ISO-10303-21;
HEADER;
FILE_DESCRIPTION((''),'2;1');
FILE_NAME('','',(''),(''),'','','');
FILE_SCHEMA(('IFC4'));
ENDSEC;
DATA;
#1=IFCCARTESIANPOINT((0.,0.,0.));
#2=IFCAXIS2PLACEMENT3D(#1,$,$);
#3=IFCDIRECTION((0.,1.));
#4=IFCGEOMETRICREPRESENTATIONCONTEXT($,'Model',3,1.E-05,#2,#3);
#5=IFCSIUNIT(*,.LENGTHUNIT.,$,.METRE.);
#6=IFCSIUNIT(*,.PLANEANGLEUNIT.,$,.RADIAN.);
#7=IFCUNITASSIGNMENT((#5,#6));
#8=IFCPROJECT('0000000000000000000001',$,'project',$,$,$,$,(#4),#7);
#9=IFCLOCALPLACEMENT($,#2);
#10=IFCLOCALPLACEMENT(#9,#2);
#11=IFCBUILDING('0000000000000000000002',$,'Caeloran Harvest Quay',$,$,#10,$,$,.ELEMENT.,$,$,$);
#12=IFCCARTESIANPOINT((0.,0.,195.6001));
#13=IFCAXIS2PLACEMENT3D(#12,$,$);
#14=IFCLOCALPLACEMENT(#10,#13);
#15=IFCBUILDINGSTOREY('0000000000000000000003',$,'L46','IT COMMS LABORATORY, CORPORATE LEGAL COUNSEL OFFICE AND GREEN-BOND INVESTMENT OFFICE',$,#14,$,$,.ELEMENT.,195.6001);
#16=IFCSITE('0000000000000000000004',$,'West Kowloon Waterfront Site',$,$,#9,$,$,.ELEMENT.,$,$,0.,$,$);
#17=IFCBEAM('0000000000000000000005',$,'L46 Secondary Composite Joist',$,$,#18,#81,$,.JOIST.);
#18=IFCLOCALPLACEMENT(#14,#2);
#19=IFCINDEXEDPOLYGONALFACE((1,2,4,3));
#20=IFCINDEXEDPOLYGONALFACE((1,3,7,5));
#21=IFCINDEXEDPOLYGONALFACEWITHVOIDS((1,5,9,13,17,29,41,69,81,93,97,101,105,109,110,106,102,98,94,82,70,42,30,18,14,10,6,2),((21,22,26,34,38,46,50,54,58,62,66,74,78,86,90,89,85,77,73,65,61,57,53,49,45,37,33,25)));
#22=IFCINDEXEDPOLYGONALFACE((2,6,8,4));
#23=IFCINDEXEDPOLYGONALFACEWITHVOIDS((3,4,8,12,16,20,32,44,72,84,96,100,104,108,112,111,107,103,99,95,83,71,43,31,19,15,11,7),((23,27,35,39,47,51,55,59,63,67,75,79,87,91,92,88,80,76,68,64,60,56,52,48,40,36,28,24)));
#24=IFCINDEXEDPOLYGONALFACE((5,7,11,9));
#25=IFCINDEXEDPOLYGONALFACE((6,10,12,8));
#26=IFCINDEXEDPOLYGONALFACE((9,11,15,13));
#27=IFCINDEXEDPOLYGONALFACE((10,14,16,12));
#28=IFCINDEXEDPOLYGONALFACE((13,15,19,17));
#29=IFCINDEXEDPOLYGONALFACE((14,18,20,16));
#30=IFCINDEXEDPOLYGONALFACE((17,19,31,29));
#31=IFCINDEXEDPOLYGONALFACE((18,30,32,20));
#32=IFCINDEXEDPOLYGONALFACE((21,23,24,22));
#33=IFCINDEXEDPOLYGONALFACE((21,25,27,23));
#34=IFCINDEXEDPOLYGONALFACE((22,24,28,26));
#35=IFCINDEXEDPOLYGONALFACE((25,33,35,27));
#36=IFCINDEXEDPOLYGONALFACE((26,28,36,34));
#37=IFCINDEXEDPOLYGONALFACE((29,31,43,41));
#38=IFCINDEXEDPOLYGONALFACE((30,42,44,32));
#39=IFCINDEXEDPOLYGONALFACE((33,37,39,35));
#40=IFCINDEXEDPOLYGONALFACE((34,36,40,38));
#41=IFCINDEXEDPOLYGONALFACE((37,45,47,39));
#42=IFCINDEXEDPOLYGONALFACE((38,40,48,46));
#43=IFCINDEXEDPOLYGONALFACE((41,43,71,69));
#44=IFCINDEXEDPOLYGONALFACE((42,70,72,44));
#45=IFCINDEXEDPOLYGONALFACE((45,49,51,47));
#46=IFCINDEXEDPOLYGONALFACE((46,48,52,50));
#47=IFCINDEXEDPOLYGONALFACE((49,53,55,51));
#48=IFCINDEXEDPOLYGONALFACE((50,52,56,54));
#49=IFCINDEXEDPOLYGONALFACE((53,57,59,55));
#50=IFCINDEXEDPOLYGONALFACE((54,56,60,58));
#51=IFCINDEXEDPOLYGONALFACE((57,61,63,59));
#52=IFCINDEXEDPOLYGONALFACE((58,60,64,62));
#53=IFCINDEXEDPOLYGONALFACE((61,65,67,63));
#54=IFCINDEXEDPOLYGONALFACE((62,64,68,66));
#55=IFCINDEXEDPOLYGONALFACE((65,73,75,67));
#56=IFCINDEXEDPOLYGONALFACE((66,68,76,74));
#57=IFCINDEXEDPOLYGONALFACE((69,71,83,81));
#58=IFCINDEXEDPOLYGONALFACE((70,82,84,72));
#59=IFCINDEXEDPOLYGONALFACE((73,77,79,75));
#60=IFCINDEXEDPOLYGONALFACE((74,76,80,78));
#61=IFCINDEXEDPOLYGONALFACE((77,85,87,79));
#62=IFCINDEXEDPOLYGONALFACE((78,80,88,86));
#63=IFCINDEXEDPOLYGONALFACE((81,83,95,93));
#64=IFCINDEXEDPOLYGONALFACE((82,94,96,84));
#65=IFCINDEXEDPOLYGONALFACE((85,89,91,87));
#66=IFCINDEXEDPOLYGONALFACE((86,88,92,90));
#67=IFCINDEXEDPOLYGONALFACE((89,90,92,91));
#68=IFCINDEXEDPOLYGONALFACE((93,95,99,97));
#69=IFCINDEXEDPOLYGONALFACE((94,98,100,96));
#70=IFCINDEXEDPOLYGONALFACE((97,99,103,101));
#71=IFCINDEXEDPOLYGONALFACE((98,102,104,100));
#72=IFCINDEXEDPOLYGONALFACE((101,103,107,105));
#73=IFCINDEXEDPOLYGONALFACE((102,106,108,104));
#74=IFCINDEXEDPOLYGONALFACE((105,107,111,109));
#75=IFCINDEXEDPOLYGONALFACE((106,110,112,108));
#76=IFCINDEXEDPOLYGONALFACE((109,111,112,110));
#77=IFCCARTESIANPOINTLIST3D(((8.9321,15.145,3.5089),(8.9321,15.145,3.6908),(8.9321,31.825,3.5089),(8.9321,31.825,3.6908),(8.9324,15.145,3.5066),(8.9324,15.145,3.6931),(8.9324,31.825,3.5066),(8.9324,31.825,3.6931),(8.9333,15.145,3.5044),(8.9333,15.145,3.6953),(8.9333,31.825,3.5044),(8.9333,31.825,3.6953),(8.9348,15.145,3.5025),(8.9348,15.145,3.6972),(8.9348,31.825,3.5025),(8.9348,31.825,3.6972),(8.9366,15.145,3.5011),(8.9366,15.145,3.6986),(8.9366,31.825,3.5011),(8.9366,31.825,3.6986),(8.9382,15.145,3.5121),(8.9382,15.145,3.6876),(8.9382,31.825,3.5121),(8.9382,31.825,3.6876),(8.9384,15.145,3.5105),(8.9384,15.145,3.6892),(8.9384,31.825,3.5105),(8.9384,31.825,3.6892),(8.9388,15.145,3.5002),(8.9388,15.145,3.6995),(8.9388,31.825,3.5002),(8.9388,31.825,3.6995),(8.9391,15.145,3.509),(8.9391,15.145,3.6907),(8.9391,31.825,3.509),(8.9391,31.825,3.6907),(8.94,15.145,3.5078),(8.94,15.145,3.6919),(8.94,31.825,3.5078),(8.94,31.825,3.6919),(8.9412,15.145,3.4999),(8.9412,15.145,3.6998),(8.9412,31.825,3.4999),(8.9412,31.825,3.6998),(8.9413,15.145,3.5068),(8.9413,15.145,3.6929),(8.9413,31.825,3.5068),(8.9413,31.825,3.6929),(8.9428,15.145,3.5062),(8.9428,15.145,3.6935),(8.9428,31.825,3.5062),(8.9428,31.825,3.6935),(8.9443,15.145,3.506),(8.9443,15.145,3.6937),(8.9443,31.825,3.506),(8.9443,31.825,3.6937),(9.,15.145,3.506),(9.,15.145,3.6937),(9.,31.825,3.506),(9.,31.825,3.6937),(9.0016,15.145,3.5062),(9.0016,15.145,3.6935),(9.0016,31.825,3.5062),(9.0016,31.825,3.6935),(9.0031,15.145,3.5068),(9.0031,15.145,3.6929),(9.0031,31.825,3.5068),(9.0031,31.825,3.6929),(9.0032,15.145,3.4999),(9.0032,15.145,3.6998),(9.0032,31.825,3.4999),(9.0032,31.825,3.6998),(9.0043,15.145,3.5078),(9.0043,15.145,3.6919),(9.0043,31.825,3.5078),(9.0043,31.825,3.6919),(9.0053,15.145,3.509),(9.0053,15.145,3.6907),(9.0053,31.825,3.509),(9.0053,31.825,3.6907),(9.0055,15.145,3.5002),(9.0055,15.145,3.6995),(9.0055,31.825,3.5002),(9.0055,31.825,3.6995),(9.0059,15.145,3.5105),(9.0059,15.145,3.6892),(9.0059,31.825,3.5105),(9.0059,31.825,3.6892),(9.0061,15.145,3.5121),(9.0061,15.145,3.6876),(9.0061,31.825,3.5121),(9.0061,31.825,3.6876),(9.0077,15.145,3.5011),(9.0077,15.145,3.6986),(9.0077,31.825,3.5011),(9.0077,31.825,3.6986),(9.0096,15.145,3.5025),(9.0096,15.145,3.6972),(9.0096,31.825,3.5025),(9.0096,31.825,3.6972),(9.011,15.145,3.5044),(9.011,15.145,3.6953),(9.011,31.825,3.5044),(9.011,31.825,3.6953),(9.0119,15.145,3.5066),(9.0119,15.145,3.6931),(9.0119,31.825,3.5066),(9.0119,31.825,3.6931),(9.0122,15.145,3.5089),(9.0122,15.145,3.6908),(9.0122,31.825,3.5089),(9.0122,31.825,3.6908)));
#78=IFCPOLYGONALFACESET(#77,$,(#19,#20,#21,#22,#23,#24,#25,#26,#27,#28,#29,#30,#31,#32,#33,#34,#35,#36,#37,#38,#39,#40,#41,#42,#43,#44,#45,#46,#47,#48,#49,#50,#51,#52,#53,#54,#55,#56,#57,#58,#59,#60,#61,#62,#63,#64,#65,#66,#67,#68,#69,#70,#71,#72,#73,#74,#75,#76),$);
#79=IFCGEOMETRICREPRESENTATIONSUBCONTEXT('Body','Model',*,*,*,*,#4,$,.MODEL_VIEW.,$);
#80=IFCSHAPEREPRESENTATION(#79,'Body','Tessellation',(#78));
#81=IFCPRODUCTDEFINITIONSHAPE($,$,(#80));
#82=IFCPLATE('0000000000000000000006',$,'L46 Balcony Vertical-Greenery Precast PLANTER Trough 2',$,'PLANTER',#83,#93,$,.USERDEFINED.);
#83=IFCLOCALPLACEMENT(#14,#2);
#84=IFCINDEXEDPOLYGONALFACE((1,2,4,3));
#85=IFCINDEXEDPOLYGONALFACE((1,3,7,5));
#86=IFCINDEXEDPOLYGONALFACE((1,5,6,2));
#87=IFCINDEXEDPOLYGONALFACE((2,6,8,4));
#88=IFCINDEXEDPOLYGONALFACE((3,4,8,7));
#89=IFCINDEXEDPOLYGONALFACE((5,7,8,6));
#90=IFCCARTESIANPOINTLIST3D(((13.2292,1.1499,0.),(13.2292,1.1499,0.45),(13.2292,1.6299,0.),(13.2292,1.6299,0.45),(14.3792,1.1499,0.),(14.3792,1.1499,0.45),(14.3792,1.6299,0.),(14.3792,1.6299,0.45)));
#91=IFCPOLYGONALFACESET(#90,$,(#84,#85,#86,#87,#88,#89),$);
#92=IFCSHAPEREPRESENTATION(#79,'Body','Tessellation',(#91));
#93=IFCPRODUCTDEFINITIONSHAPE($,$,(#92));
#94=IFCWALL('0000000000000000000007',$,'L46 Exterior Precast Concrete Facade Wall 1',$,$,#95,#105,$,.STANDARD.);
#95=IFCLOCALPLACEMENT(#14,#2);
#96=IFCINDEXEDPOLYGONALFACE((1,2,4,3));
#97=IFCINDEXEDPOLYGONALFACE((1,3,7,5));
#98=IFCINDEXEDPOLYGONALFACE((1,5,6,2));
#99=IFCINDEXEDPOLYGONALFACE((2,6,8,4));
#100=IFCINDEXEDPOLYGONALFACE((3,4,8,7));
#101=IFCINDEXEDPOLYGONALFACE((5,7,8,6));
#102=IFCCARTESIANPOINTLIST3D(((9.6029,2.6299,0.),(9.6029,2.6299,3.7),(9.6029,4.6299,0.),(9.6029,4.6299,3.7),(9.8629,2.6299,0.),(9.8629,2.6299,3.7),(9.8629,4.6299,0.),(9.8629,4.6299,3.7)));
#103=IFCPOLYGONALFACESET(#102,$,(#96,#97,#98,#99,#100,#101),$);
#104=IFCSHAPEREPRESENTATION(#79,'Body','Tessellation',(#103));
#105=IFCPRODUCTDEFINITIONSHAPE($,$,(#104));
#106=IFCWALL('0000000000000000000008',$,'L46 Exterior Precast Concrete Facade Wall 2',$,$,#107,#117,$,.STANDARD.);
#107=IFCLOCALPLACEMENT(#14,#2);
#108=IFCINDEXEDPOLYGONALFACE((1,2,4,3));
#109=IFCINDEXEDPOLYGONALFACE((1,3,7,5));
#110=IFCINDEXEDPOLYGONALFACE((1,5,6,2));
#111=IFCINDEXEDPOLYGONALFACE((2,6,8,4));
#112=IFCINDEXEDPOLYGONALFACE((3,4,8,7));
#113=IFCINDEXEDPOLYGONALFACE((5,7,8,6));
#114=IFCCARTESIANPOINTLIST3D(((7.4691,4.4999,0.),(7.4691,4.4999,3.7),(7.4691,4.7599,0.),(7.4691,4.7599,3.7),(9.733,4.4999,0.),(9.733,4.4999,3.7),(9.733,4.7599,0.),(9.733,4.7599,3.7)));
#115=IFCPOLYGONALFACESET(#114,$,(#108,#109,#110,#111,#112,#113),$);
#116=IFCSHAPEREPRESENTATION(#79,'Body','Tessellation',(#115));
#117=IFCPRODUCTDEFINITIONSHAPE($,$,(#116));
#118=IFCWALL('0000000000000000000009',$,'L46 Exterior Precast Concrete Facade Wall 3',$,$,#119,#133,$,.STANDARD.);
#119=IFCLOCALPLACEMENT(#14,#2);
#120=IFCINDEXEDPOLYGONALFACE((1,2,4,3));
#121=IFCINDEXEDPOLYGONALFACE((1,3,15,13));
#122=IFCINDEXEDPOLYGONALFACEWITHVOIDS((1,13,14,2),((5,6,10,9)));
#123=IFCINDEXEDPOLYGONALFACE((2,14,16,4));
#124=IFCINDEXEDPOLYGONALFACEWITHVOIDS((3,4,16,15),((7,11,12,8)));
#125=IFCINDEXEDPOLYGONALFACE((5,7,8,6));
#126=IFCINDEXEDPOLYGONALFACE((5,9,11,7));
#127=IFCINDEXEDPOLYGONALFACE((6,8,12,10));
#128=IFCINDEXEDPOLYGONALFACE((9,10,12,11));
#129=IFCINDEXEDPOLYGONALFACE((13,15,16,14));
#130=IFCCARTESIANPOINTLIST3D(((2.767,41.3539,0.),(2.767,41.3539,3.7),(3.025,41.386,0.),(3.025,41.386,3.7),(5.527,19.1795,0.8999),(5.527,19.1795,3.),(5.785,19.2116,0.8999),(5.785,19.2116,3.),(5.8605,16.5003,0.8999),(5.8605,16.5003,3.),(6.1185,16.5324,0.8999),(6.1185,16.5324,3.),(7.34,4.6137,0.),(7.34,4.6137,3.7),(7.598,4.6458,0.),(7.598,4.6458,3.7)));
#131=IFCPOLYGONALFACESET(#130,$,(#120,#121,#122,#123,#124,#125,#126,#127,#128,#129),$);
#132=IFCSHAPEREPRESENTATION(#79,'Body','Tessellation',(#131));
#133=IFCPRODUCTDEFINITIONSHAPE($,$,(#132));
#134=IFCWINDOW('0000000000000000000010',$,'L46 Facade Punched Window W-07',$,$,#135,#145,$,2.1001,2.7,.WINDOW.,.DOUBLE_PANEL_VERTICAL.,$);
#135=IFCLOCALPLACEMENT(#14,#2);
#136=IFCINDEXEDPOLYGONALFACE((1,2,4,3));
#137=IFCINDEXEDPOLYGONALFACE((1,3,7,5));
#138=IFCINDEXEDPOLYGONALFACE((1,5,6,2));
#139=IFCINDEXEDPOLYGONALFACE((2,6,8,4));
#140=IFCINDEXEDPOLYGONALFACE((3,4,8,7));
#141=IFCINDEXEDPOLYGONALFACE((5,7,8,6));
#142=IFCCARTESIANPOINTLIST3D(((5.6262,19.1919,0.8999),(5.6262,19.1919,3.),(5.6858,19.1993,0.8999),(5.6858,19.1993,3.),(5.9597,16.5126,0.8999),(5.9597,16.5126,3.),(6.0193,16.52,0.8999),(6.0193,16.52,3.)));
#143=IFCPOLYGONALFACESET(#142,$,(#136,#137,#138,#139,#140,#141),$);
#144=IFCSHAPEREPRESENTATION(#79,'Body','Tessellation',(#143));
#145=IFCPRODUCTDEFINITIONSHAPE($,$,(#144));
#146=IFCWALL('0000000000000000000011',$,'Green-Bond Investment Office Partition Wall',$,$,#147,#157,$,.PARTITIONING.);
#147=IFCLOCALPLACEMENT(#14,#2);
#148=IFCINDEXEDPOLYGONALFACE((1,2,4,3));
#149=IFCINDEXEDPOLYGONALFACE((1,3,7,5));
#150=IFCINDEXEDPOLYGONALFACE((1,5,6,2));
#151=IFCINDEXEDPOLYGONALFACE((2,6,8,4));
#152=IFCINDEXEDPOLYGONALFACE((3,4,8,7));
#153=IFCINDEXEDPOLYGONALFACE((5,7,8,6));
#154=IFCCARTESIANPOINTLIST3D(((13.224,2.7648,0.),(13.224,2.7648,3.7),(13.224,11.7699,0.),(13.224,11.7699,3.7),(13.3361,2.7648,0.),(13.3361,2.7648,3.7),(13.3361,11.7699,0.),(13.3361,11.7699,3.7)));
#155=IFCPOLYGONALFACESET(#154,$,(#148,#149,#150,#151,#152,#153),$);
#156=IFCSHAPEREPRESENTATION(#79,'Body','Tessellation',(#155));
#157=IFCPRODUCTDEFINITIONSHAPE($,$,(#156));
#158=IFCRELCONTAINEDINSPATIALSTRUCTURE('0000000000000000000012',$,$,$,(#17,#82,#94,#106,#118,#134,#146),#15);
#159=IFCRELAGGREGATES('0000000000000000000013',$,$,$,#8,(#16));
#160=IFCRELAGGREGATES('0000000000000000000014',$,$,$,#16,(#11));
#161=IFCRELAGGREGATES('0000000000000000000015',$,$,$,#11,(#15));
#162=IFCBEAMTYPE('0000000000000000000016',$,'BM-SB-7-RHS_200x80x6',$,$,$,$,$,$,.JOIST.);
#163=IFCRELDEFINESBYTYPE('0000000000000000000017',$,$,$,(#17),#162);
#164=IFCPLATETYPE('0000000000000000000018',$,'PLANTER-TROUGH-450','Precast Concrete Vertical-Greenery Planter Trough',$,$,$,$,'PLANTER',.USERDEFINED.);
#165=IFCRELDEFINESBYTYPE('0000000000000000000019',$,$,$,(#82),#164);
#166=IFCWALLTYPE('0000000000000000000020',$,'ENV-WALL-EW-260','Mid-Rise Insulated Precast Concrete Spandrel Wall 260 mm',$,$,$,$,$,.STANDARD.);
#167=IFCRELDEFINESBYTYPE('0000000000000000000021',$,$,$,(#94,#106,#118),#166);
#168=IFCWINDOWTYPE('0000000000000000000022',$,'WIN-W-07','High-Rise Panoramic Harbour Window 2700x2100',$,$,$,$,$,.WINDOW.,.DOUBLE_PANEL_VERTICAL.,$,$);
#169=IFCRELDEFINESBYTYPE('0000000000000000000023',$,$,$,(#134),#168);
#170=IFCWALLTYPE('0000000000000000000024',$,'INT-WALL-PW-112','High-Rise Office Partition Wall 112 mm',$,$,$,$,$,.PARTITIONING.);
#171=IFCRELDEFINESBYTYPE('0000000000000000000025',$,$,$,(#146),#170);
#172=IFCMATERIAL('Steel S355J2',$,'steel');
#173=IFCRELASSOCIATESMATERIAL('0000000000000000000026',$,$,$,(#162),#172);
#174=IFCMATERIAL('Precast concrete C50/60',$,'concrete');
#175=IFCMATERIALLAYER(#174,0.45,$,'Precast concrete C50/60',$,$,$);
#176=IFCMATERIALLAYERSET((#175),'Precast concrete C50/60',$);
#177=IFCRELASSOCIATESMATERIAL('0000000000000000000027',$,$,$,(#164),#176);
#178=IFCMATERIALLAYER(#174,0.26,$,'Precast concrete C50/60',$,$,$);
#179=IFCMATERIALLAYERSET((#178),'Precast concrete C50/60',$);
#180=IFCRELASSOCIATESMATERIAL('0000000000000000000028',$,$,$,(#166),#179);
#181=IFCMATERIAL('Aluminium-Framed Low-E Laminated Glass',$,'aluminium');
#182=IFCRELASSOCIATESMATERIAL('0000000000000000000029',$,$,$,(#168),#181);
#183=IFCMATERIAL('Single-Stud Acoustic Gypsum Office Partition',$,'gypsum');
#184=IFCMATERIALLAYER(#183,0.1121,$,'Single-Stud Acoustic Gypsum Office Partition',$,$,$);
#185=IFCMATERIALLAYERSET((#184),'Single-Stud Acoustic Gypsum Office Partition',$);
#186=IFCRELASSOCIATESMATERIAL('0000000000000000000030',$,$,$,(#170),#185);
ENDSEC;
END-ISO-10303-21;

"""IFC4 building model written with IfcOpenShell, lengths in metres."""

from ifc_helpers import new_model, si_unit, direction, frame, frame_2d, origin, origin_2d, place, context, subcontext, project, spatial, rectangle, hollow_rectangle, extrude, material, layer, layer_set, material_profile, profile_set, type_object, element, fill, save


model = new_model("IFC4")

# Units and contexts
model_context = context("Model", 3, precision=1e-05, world=origin(), true_north=direction((0.0, 1.0)))
body_context = subcontext(model_context, "Body", "Model", "MODEL_VIEW")
ifc_project = project(units=[si_unit("LENGTHUNIT", "METRE"), si_unit("PLANEANGLEUNIT", "RADIAN")], contexts=[model_context])

# Site, building, storey
site_placement = place(None, origin())
site = spatial("IfcSite", under=ifc_project, at=site_placement, Name="West Kowloon Waterfront Site", CompositionType="ELEMENT", RefElevation=0.0)
building_placement = place(site_placement, origin())
building = spatial("IfcBuilding", under=site, at=building_placement, Name="Caeloran Harvest Quay", CompositionType="ELEMENT")
storey_placement = place(building_placement, frame((0.0, 0.0, 195.6001)))
storey = spatial("IfcBuildingStorey", under=building, at=storey_placement, Name="L46", Description="IT COMMS LABORATORY, CORPORATE LEGAL COUNSEL OFFICE AND GREEN-BOND INVESTMENT OFFICE", CompositionType="ELEMENT", Elevation=195.6001)

# Beam
ifc_material_1 = material(Name="Steel S355J2", Category="steel")
ifc_material_profile_1 = material_profile(ifc_material_1, hollow_rectangle(XDim=0.0801, YDim=0.2, WallThickness=0.0061, InnerFilletRadius=0.0061, OuterFilletRadius=0.009, at=origin_2d()), Name="RHS 200x80x6")
ifc_profile_set_1 = profile_set([ifc_material_profile_1], Name="Steel S355J2")
beam_type_1 = type_object("IfcBeamType", Name="BM-SB-7-RHS_200x80x6", PredefinedType="JOIST", material=ifc_profile_set_1)
beam_1_placement = place(storey_placement, frame((8.9722, 15.145, 3.5999), z_axis=(0.0, 1.0, 0.0), x_axis=(-1.0, 0.0, 0.0)))
element("IfcBeam", 1, at=beam_1_placement, inside=storey, type_object=beam_type_1, Name="L46 Secondary Composite Joist", PredefinedType="JOIST", context=body_context, shape_type="SweptSolid", body=[
    extrude(hollow_rectangle(XDim=0.0801, YDim=0.2, WallThickness=0.0061, InnerFilletRadius=0.0061, OuterFilletRadius=0.009, at=origin_2d()), origin(), (0.0, 0.0, 1.0), 16.6799),
])

# Plate
ifc_material_2 = material(Name="Precast concrete C50/60", Category="concrete")
ifc_layer_1 = layer(ifc_material_2, 0.45, Name="Precast concrete C50/60")
ifc_layer_set_1 = layer_set([ifc_layer_1], Name="Precast concrete C50/60")
plate_type = type_object("IfcPlateType", Name="PLANTER-TROUGH-450", Description="Precast Concrete Vertical-Greenery Planter Trough", ElementType="PLANTER", PredefinedType="USERDEFINED", material=ifc_layer_set_1)
plate_placement = place(storey_placement, frame((13.8042, 1.3899, 0.0), z_axis=(0.0, 0.0, 1.0), x_axis=(1.0, 0.0, 0.0)))
element("IfcPlate", 2, at=plate_placement, inside=storey, type_object=plate_type, Name="L46 Balcony Vertical-Greenery Precast PLANTER Trough 2", ObjectType="PLANTER", PredefinedType="USERDEFINED", context=body_context, shape_type="SweptSolid", body=[
    extrude(rectangle(XDim=1.1499, YDim=0.48, at=origin_2d()), origin(), (0.0, 0.0, 1.0), 0.45),
])

# Walls
ifc_layer_2 = layer(ifc_material_2, 0.26, Name="Precast concrete C50/60")
ifc_layer_set_2 = layer_set([ifc_layer_2], Name="Precast concrete C50/60")
wall_type_1 = type_object("IfcWallType", Name="ENV-WALL-EW-260", Description="Mid-Rise Insulated Precast Concrete Spandrel Wall 260 mm", PredefinedType="STANDARD", material=ifc_layer_set_2)
wall_1_placement = place(storey_placement, frame((9.7329, 2.6299, 0.0), z_axis=(0.0, 0.0, 1.0), x_axis=(0.0, 1.0, 0.0)))
element("IfcWall", 3, at=wall_1_placement, inside=storey, type_object=wall_type_1, Name="L46 Exterior Precast Concrete Facade Wall 1", PredefinedType="STANDARD", context=body_context, shape_type="SweptSolid", body=[
    extrude(rectangle(XDim=2.0, YDim=0.26, at=frame_2d((1.0, 0.0))), origin(), (0.0, 0.0, 1.0), 3.7),
])
wall_2_placement = place(storey_placement, frame((9.7329, 4.6299, 0.0), z_axis=(0.0, 0.0, 1.0), x_axis=(-1.0, 0.0, 0.0)))
element("IfcWall", 4, at=wall_2_placement, inside=storey, type_object=wall_type_1, Name="L46 Exterior Precast Concrete Facade Wall 2", PredefinedType="STANDARD", context=body_context, shape_type="SweptSolid", body=[
    extrude(rectangle(XDim=2.2639, YDim=0.26, at=frame_2d((1.1318, 0.0))), origin(), (0.0, 0.0, 1.0), 3.7),
])

# Wall, opening, window
wall_3_placement = place(storey_placement, frame((7.469, 4.6299, 0.0), z_axis=(0.0, 0.0, 1.0), x_axis=(-0.123515, 0.992343, 0.0)))
wall_3 = element("IfcWall", 5, at=wall_3_placement, inside=storey, type_object=wall_type_1, Name="L46 Exterior Precast Concrete Facade Wall 3", PredefinedType="STANDARD", context=body_context, shape_type="SweptSolid", body=[
    extrude(rectangle(XDim=37.0237, YDim=0.26, at=frame_2d((18.5117, 0.0))), origin(), (0.0, 0.0, 1.0), 3.7),
])
opening_1_placement = place(wall_3_placement, frame((11.978, 0.0, 0.8999)))
opening_1 = element("IfcOpeningElement", 6, at=opening_1_placement, cuts=wall_3, PredefinedType="OPENING", context=body_context, shape_type="SweptSolid", body=[
    extrude(rectangle(XDim=2.7, YDim=2.1001, at=frame_2d((1.3501, 1.05))), frame((0.0, 0.1401, 0.0), z_axis=(0.0, -1.0, 0.0), x_axis=(1.0, 0.0, 0.0)), (0.0, 0.0, 1.0), 0.28),
])
ifc_material_3 = material(Name="Aluminium-Framed Low-E Laminated Glass", Category="aluminium")
window_type = type_object("IfcWindowType", Name="WIN-W-07", Description="High-Rise Panoramic Harbour Window 2700x2100", PartitioningType="DOUBLE_PANEL_VERTICAL", PredefinedType="WINDOW", material=ifc_material_3)
window_placement = place(opening_1_placement, origin())
window = element("IfcWindow", 7, at=window_placement, inside=storey, type_object=window_type, Name="L46 Facade Punched Window W-07", OverallHeight=2.1001, OverallWidth=2.7, PartitioningType="DOUBLE_PANEL_VERTICAL", PredefinedType="WINDOW", context=body_context, shape_type="SweptSolid", body=[
    extrude(rectangle(XDim=2.7, YDim=2.1001, at=frame_2d((1.3501, 1.05))), frame((0.0, 0.03, 0.0), z_axis=(0.0, -1.0, 0.0), x_axis=(1.0, 0.0, 0.0)), (0.0, 0.0, 1.0), 0.0601),
])
fill(opening_1, window)

# Wall
ifc_material_4 = material(Name="Single-Stud Acoustic Gypsum Office Partition", Category="gypsum")
ifc_layer_3 = layer(ifc_material_4, 0.1121, Name="Single-Stud Acoustic Gypsum Office Partition")
ifc_layer_set_3 = layer_set([ifc_layer_3], Name="Single-Stud Acoustic Gypsum Office Partition")
wall_type_2 = type_object("IfcWallType", Name="INT-WALL-PW-112", Description="High-Rise Office Partition Wall 112 mm", PredefinedType="PARTITIONING", material=ifc_layer_set_3)
wall_4_placement = place(storey_placement, frame((13.28, 2.7649, 0.0), z_axis=(0.0, 0.0, 1.0), x_axis=(0.0, 1.0, 0.0)))
element("IfcWall", 8, at=wall_4_placement, inside=storey, type_object=wall_type_2, Name="Green-Bond Investment Office Partition Wall", PredefinedType="PARTITIONING", context=body_context, shape_type="SweptSolid", body=[
    extrude(rectangle(XDim=9.0051, YDim=0.1121, at=frame_2d((4.5024, 0.0))), origin(), (0.0, 0.0, 1.0), 3.7),
])

save(model, "model.ifc")
